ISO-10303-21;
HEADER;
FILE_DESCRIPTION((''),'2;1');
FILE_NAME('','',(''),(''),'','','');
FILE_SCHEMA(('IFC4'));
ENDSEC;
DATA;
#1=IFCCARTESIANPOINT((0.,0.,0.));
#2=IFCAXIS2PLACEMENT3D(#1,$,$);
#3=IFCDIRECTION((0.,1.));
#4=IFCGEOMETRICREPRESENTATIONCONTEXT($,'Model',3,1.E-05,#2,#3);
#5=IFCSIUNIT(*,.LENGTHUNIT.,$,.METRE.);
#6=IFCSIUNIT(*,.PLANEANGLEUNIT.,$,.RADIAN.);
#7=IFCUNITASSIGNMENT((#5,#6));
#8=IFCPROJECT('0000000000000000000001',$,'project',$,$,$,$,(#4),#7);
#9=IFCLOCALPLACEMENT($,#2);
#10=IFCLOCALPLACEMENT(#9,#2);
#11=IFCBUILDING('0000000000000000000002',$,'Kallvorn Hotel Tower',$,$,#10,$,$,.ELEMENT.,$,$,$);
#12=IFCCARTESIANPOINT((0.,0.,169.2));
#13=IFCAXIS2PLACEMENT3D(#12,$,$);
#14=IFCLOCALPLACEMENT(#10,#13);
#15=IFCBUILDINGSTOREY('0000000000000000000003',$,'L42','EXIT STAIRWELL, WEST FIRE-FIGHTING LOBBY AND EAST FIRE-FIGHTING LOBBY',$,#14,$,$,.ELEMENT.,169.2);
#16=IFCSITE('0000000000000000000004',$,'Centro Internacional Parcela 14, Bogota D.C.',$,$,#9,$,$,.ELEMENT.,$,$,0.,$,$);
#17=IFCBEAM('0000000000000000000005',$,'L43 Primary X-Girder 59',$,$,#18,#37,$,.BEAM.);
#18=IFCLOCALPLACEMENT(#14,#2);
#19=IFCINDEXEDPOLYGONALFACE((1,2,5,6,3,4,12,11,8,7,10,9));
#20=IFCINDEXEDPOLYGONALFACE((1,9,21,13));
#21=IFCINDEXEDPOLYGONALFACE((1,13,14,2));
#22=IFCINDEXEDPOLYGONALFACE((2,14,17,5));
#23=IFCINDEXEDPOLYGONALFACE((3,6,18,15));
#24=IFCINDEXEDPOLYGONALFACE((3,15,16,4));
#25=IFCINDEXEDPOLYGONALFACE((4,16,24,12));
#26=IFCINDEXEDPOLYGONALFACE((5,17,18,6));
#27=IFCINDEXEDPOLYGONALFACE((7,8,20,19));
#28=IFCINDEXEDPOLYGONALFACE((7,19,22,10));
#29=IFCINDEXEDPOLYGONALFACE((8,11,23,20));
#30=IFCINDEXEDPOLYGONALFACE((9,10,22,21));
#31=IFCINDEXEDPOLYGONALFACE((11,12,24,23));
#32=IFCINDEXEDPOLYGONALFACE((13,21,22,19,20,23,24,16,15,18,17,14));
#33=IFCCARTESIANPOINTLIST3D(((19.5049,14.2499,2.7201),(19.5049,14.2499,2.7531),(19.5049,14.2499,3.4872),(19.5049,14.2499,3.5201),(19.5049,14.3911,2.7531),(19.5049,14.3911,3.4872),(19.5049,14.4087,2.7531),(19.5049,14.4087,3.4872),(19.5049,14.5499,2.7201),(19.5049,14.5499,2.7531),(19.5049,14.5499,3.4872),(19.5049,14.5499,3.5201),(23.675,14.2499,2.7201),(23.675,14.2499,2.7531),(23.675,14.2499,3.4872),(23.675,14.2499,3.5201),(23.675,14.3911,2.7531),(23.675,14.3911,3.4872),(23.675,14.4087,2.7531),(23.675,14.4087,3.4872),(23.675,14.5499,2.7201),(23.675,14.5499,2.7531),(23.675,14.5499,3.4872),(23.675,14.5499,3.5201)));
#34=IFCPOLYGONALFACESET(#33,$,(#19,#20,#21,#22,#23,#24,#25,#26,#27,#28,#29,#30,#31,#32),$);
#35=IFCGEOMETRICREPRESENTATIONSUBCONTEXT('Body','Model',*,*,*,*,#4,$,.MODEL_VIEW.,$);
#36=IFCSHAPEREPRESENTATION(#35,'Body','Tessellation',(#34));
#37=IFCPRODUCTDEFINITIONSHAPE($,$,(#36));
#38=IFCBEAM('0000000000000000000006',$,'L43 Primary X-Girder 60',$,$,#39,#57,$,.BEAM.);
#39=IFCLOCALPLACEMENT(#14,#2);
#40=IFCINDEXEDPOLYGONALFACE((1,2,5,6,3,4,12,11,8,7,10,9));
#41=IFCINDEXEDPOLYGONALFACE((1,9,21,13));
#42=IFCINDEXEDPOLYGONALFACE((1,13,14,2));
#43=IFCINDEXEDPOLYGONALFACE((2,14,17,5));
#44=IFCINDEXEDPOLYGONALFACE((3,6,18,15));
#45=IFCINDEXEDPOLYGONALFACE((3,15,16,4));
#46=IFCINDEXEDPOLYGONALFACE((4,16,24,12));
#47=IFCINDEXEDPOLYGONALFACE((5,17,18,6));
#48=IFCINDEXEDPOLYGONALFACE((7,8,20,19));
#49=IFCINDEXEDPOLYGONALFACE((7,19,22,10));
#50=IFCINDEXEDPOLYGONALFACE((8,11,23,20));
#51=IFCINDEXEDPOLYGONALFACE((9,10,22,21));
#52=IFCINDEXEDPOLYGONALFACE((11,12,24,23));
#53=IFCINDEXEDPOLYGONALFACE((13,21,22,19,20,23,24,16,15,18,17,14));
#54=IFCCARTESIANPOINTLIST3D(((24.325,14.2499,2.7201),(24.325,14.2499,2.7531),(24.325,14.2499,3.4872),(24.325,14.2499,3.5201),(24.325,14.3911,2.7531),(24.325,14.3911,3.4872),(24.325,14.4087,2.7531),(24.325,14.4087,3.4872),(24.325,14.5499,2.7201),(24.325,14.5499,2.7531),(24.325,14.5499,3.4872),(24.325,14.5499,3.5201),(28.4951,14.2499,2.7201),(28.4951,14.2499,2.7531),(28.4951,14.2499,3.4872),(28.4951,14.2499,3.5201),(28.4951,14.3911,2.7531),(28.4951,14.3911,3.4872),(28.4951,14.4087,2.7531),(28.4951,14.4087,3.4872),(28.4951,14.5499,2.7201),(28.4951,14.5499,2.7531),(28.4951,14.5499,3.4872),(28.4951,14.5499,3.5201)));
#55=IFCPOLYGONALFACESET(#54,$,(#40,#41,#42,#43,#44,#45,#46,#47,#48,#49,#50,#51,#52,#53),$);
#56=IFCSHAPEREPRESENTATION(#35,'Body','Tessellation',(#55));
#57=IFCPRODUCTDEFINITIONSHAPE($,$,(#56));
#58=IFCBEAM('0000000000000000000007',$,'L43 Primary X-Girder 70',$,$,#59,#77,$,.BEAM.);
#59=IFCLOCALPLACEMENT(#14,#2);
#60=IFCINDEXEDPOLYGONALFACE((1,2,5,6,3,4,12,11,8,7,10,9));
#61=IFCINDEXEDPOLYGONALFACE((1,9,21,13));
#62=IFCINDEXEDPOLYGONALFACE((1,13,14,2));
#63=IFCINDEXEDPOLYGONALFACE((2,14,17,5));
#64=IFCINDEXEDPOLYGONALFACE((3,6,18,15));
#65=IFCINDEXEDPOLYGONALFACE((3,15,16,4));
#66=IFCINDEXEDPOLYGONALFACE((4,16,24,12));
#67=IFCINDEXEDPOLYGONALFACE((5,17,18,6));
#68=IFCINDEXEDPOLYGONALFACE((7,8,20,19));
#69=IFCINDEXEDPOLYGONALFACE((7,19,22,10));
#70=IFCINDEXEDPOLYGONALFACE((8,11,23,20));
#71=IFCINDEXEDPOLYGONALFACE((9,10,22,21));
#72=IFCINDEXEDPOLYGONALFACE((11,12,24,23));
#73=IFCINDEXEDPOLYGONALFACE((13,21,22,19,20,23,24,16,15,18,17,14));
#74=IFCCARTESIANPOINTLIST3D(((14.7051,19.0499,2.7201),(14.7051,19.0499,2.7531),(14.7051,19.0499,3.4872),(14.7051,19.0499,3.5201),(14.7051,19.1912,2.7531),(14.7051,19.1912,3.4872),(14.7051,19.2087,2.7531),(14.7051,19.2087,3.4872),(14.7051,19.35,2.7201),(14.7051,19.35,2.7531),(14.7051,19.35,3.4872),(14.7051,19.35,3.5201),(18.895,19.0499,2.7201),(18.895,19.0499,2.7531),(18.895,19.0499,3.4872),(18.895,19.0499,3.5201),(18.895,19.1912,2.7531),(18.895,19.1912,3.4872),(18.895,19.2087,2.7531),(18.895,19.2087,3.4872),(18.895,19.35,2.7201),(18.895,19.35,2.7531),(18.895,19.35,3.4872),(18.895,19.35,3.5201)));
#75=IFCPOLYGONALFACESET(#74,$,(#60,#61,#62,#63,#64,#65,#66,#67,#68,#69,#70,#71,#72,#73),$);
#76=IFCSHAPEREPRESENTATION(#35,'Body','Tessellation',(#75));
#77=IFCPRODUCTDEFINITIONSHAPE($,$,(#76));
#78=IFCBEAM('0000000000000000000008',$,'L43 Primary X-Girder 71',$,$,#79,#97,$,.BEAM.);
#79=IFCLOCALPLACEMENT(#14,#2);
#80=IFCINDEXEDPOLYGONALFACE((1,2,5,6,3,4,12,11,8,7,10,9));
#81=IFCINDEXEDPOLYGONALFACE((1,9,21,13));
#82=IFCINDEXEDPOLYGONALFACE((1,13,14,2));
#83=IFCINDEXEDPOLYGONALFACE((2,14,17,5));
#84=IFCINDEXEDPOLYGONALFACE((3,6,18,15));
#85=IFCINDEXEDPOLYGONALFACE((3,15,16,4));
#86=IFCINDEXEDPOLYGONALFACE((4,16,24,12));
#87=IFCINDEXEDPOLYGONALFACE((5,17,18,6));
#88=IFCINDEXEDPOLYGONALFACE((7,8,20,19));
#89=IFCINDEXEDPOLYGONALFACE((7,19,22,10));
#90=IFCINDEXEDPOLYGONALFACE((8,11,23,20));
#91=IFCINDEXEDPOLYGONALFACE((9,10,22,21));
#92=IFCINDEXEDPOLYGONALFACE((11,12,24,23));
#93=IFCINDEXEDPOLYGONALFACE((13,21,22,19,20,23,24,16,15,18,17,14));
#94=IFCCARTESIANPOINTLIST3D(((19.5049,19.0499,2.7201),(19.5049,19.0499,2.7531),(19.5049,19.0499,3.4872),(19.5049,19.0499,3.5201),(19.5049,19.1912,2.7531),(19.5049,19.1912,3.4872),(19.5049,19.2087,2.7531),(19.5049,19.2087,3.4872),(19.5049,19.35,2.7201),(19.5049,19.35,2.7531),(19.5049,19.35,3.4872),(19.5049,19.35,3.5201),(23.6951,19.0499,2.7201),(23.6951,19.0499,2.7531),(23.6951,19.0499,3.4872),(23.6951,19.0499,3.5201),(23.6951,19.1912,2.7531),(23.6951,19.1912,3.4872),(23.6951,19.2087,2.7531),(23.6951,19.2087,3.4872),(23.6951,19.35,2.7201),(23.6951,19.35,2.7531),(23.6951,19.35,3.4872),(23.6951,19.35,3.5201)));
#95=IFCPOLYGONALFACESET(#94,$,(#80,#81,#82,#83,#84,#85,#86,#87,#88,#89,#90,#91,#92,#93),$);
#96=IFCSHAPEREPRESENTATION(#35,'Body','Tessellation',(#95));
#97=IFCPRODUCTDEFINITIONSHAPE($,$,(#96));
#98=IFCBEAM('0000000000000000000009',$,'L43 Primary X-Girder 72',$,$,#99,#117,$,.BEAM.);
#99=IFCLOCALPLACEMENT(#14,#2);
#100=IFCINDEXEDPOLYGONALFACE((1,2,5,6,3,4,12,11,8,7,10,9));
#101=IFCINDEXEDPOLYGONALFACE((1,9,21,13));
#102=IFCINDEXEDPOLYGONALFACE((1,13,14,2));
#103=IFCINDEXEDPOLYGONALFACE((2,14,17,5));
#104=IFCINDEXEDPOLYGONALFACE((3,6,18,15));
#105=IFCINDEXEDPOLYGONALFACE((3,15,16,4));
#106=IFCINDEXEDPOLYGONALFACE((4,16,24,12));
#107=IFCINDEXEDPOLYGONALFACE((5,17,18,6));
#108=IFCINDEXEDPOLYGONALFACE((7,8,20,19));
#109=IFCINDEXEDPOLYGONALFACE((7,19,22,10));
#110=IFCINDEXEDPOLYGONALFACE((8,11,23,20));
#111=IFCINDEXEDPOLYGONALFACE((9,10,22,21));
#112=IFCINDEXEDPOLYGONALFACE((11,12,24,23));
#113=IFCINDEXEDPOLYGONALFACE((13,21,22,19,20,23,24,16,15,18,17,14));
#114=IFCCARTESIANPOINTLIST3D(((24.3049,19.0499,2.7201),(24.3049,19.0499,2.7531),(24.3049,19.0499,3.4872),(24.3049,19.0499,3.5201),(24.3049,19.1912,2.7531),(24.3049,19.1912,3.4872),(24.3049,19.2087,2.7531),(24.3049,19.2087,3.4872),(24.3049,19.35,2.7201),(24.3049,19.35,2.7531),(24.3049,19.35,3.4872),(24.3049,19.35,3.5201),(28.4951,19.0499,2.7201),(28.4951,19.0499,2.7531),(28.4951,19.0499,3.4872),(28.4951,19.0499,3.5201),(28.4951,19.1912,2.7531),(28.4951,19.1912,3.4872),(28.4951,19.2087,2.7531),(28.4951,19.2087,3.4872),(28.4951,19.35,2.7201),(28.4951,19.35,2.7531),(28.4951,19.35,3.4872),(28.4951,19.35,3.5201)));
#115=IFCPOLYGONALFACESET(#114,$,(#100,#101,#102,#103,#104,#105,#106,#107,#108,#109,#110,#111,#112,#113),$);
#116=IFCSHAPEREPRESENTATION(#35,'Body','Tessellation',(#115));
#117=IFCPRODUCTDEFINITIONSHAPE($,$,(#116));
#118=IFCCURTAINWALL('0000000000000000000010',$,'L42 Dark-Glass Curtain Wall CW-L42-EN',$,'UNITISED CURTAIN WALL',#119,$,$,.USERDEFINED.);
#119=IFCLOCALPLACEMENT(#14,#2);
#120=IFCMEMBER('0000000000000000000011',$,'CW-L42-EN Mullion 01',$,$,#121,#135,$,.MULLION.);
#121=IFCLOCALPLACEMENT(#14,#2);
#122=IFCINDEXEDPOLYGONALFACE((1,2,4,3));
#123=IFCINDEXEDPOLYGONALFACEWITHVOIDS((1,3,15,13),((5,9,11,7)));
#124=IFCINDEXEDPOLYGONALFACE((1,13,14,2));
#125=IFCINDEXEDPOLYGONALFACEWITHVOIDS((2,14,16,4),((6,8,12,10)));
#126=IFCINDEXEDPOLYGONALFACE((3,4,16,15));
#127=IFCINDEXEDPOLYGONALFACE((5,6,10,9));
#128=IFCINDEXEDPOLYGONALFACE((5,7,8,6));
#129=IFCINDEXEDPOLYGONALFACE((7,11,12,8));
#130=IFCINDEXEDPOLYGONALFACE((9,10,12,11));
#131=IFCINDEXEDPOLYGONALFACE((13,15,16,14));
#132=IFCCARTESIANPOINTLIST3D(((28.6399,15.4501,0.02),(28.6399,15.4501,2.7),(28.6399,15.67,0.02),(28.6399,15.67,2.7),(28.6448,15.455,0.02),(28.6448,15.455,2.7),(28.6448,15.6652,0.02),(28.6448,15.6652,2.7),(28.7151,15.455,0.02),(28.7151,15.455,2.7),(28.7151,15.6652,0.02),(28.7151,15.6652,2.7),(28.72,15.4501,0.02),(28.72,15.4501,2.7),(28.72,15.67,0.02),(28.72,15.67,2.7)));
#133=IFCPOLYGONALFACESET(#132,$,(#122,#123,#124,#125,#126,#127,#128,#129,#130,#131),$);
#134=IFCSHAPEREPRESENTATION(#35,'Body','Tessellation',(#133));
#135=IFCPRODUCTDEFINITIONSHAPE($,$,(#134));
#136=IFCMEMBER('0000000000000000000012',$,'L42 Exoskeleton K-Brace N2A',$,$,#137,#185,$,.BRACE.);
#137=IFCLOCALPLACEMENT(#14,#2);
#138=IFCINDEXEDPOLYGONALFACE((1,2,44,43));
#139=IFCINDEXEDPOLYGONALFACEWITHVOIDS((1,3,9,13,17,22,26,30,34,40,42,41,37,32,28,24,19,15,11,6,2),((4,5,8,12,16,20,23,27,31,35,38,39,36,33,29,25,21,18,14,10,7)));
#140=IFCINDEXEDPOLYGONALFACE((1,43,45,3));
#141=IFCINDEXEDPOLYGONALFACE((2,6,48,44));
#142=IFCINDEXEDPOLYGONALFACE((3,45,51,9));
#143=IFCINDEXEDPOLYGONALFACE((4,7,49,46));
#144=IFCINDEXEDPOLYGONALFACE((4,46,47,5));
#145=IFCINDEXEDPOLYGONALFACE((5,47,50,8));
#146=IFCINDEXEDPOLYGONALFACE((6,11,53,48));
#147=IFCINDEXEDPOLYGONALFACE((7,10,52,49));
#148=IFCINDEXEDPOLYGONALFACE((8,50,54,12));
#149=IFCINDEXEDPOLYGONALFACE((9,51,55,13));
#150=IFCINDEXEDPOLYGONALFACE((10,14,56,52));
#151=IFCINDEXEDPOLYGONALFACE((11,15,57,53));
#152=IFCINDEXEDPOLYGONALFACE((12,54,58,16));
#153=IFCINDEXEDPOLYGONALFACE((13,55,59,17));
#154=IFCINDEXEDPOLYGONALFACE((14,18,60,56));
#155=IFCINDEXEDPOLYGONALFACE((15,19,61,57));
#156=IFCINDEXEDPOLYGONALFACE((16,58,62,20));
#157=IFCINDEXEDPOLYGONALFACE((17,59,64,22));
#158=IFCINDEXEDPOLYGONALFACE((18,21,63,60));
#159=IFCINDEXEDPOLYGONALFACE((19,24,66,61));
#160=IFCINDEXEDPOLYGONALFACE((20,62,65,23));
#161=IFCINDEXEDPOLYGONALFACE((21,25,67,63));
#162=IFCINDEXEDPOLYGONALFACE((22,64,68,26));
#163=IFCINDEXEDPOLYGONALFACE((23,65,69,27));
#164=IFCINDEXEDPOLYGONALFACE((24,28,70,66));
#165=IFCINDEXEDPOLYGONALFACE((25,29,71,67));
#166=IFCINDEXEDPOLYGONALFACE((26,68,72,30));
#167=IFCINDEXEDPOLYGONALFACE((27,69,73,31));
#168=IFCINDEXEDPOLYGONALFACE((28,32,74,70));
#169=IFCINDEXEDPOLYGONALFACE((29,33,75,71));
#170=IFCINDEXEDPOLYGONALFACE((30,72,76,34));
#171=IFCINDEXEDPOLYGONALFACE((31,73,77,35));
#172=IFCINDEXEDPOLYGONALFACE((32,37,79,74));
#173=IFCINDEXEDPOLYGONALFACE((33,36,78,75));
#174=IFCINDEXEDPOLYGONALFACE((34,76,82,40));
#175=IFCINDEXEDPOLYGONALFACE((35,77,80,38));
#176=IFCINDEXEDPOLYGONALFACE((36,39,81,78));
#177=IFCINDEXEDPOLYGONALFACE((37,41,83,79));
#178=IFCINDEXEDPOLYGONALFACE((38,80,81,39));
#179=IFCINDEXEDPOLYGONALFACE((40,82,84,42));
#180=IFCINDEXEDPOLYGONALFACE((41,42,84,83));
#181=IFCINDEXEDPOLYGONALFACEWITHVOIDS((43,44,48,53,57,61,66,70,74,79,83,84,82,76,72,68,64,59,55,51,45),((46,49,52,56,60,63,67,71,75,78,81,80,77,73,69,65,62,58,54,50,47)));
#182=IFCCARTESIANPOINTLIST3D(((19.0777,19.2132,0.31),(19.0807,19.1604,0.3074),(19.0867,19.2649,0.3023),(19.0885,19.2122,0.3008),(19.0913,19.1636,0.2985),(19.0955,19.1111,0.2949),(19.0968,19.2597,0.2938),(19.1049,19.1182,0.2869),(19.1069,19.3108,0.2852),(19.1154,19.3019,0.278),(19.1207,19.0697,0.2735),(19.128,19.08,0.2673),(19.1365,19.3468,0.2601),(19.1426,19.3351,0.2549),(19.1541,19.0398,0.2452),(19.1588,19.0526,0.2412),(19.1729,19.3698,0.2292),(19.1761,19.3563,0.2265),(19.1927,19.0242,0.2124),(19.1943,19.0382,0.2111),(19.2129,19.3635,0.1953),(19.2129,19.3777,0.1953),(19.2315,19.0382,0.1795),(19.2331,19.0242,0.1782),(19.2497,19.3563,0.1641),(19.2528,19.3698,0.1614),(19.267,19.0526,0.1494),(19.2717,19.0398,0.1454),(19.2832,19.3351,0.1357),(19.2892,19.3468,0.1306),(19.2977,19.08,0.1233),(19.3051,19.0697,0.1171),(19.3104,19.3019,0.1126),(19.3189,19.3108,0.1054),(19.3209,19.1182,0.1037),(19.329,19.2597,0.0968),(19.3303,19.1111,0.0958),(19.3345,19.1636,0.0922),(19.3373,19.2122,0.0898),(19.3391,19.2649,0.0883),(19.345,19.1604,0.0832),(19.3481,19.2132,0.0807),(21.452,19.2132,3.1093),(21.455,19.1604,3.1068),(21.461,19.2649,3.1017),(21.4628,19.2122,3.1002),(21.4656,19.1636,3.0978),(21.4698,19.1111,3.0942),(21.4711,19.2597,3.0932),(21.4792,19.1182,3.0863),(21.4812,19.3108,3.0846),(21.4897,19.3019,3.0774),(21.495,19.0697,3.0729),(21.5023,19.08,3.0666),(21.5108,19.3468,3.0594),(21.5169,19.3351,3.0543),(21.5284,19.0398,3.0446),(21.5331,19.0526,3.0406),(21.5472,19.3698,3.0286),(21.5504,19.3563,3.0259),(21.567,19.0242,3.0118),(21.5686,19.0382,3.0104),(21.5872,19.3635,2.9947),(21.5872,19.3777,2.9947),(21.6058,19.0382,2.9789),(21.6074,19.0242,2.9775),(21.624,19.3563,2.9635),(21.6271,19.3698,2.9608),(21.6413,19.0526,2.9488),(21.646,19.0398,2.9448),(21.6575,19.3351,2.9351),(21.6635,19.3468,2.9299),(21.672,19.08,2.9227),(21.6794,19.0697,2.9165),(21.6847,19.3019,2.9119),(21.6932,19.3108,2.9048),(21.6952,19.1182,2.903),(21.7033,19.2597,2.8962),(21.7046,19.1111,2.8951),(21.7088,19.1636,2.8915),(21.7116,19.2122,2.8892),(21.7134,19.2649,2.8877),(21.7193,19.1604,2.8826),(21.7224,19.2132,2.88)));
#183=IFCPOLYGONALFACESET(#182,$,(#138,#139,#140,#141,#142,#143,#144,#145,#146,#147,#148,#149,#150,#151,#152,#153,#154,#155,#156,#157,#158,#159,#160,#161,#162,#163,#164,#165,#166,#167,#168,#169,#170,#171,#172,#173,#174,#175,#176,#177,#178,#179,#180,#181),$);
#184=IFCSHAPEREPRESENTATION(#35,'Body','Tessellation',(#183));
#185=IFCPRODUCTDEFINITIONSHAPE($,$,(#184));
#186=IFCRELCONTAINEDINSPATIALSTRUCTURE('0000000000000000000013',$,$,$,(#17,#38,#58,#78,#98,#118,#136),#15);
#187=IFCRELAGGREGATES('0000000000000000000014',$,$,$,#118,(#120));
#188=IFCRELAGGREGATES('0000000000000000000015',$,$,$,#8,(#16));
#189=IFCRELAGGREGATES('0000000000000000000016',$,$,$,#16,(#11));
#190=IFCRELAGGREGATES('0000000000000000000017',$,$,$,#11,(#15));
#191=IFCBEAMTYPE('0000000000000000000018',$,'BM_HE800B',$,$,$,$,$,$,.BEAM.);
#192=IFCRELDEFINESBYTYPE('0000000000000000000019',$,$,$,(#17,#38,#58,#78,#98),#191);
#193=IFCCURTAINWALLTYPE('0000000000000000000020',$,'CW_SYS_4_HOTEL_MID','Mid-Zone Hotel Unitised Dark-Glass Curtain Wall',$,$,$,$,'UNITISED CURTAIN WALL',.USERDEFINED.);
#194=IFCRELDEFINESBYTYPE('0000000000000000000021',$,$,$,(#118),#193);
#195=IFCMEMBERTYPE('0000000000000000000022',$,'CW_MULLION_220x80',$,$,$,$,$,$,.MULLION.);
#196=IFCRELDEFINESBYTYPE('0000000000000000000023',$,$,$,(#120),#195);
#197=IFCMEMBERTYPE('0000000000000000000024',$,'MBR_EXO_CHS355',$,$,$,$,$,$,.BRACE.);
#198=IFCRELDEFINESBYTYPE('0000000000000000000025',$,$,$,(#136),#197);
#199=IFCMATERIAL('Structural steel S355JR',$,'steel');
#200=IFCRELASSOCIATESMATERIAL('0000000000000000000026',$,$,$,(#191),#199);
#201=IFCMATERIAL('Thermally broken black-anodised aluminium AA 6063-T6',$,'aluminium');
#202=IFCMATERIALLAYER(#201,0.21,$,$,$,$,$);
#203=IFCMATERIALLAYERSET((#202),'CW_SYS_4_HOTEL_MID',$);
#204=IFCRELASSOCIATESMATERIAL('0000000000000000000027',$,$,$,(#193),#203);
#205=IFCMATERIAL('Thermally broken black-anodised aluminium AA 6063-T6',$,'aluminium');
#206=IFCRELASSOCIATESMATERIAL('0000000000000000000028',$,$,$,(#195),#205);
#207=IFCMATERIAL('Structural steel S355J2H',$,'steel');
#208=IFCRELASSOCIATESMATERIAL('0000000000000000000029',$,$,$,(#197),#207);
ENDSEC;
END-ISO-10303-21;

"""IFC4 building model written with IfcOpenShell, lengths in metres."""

from ifc_helpers import new_model, si_unit, direction, frame, origin, origin_2d, place, context, subcontext, project, spatial, hollow_rectangle, hollow_circle, i_section, extrude, material, layer, layer_set, material_profile, profile_set, type_object, element, aggregate, save


model = new_model("IFC4")

# Units and contexts
model_context = context("Model", 3, precision=1e-05, world=origin(), true_north=direction((0.0, 1.0)))
body_context = subcontext(model_context, "Body", "Model", "MODEL_VIEW")
ifc_project = project(units=[si_unit("LENGTHUNIT", "METRE"), si_unit("PLANEANGLEUNIT", "RADIAN")], contexts=[model_context])

# Site, building, storey
site_placement = place(None, origin())
site = spatial("IfcSite", under=ifc_project, at=site_placement, Name="Centro Internacional Parcela 14, Bogota D.C.", CompositionType="ELEMENT", RefElevation=0.0)
building_placement = place(site_placement, origin())
building = spatial("IfcBuilding", under=site, at=building_placement, Name="Kallvorn Hotel Tower", CompositionType="ELEMENT")
storey_placement = place(building_placement, frame((0.0, 0.0, 169.2)))
storey = spatial("IfcBuildingStorey", under=building, at=storey_placement, Name="L42", Description="EXIT STAIRWELL, WEST FIRE-FIGHTING LOBBY AND EAST FIRE-FIGHTING LOBBY", CompositionType="ELEMENT", Elevation=169.2)

# Beams
ifc_material_1 = material(Name="Structural steel S355JR", Category="steel")
ifc_material_profile_1 = material_profile(ifc_material_1, i_section(OverallWidth=0.3, OverallDepth=0.8, WebThickness=0.0176, FlangeThickness=0.033, at=origin_2d()), Name="HE 800 B")
ifc_profile_set_1 = profile_set([ifc_material_profile_1], Name="Structural steel S355JR")
beam_type_1 = type_object("IfcBeamType", Name="BM_HE800B", PredefinedType="BEAM", material=ifc_profile_set_1)
for number, where, z_axis, x_axis, name in (
    (1, (19.5049, 14.3999, 3.1201), (1.0, 0.0, 0.0), (0.0, 1.0, 0.0), "L43 Primary X-Girder 59"),
    (2, (24.325, 14.3999, 3.1201), (1.0, 0.0, 0.0), (0.0, 1.0, 0.0), "L43 Primary X-Girder 60"),
):
    element("IfcBeam", number, at=place(storey_placement, frame(where, z_axis=z_axis, x_axis=x_axis)), inside=storey, type_object=beam_type_1, Name=name, PredefinedType="BEAM", context=body_context, shape_type="SweptSolid", body=[
        extrude(i_section(OverallWidth=0.3, OverallDepth=0.8, WebThickness=0.0176, FlangeThickness=0.033, at=origin_2d()), origin(), (0.0, 0.0, 1.0), 4.1702),
    ])
beam_1_placement = place(storey_placement, frame((14.7051, 19.2, 3.1201), z_axis=(1.0, 0.0, 0.0), x_axis=(0.0, 1.0, 0.0)))
element("IfcBeam", 3, at=beam_1_placement, inside=storey, type_object=beam_type_1, Name="L43 Primary X-Girder 70", PredefinedType="BEAM", context=body_context, shape_type="SweptSolid", body=[
    extrude(i_section(OverallWidth=0.3, OverallDepth=0.8, WebThickness=0.0176, FlangeThickness=0.033, at=origin_2d()), origin(), (0.0, 0.0, 1.0), 4.1899),
])
for number, where, z_axis, x_axis, name in (
    (4, (19.5049, 19.2, 3.1201), (1.0, 0.0, 0.0), (0.0, 1.0, 0.0), "L43 Primary X-Girder 71"),
    (5, (24.3049, 19.2, 3.1201), (1.0, 0.0, 0.0), (0.0, 1.0, 0.0), "L43 Primary X-Girder 72"),
):
    element("IfcBeam", number, at=place(storey_placement, frame(where, z_axis=z_axis, x_axis=x_axis)), inside=storey, type_object=beam_type_1, Name=name, PredefinedType="BEAM", context=body_context, shape_type="SweptSolid", body=[
        extrude(i_section(OverallWidth=0.3, OverallDepth=0.8, WebThickness=0.0176, FlangeThickness=0.033, at=origin_2d()), origin(), (0.0, 0.0, 1.0), 4.1902),
    ])

# Curtain wall, member
ifc_material_2 = material(Name="Thermally broken black-anodised aluminium AA 6063-T6", Category="aluminium")
ifc_layer_1 = layer(ifc_material_2, 0.21)
ifc_layer_set_1 = layer_set([ifc_layer_1], Name="CW_SYS_4_HOTEL_MID")
curtain_wall_type = type_object("IfcCurtainWallType", Name="CW_SYS_4_HOTEL_MID", Description="Mid-Zone Hotel Unitised Dark-Glass Curtain Wall", ElementType="UNITISED CURTAIN WALL", PredefinedType="USERDEFINED", material=ifc_layer_set_1)
curtain_wall_placement = place(storey_placement, origin())
curtain_wall = element("IfcCurtainWall", 6, at=curtain_wall_placement, inside=storey, type_object=curtain_wall_type, Name="L42 Dark-Glass Curtain Wall CW-L42-EN", ObjectType="UNITISED CURTAIN WALL", PredefinedType="USERDEFINED")
ifc_material_3 = material(Name="Thermally broken black-anodised aluminium AA 6063-T6", Category="aluminium")
ifc_material_profile_2 = material_profile(ifc_material_3, hollow_rectangle(XDim=0.0801, YDim=0.22, WallThickness=0.0049, at=origin_2d()), Name="MUL 220x80")
ifc_profile_set_2 = profile_set([ifc_material_profile_2], Name="Thermally broken black-anodised aluminium AA 6063-T6")
member_type_1 = type_object("IfcMemberType", Name="CW_MULLION_220x80", PredefinedType="MULLION", material=ifc_profile_set_2)
member_placement = place(storey_placement, frame((28.6799, 15.5601, 0.02), z_axis=(0.0, 0.0, 1.0), x_axis=(1.0, 0.0, 0.0)))
member = element("IfcMember", 7, at=member_placement, type_object=member_type_1, Name="CW-L42-EN Mullion 01", PredefinedType="MULLION", context=body_context, shape_type="SweptSolid", body=[
    extrude(hollow_rectangle(XDim=0.0801, YDim=0.22, WallThickness=0.0049, at=origin_2d()), origin(), (0.0, 0.0, 1.0), 2.6799),
])
aggregate(curtain_wall, [member])

# Member
ifc_material_4 = material(Name="Structural steel S355J2H", Category="steel")
ifc_material_profile_3 = material_profile(ifc_material_4, hollow_circle(Radius=0.1777, WallThickness=0.0142, at=origin_2d()), Name="CHS 355.6x14.2")
ifc_profile_set_3 = profile_set([ifc_material_profile_3], Name="Structural steel S355J2H")
member_type_2 = type_object("IfcMemberType", Name="MBR_EXO_CHS355", PredefinedType="BRACE", material=ifc_profile_set_3)
for number, where, z_axis, x_axis, name in (
    (8, (19.2129, 19.2, 0.1953), (0.646833, 0.0, 0.762631), (0.0, 1.0, 0.0), "L42 Exoskeleton K-Brace N2A"),
):
    element("IfcMember", number, at=place(storey_placement, frame(where, z_axis=z_axis, x_axis=x_axis)), inside=storey, type_object=member_type_2, Name=name, PredefinedType="BRACE", context=body_context, shape_type="SweptSolid", body=[
        extrude(hollow_circle(Radius=0.1777, WallThickness=0.0142, at=origin_2d()), origin(), (0.0, 0.0, 1.0), 3.6707),
    ])

save(model, "model.ifc")
